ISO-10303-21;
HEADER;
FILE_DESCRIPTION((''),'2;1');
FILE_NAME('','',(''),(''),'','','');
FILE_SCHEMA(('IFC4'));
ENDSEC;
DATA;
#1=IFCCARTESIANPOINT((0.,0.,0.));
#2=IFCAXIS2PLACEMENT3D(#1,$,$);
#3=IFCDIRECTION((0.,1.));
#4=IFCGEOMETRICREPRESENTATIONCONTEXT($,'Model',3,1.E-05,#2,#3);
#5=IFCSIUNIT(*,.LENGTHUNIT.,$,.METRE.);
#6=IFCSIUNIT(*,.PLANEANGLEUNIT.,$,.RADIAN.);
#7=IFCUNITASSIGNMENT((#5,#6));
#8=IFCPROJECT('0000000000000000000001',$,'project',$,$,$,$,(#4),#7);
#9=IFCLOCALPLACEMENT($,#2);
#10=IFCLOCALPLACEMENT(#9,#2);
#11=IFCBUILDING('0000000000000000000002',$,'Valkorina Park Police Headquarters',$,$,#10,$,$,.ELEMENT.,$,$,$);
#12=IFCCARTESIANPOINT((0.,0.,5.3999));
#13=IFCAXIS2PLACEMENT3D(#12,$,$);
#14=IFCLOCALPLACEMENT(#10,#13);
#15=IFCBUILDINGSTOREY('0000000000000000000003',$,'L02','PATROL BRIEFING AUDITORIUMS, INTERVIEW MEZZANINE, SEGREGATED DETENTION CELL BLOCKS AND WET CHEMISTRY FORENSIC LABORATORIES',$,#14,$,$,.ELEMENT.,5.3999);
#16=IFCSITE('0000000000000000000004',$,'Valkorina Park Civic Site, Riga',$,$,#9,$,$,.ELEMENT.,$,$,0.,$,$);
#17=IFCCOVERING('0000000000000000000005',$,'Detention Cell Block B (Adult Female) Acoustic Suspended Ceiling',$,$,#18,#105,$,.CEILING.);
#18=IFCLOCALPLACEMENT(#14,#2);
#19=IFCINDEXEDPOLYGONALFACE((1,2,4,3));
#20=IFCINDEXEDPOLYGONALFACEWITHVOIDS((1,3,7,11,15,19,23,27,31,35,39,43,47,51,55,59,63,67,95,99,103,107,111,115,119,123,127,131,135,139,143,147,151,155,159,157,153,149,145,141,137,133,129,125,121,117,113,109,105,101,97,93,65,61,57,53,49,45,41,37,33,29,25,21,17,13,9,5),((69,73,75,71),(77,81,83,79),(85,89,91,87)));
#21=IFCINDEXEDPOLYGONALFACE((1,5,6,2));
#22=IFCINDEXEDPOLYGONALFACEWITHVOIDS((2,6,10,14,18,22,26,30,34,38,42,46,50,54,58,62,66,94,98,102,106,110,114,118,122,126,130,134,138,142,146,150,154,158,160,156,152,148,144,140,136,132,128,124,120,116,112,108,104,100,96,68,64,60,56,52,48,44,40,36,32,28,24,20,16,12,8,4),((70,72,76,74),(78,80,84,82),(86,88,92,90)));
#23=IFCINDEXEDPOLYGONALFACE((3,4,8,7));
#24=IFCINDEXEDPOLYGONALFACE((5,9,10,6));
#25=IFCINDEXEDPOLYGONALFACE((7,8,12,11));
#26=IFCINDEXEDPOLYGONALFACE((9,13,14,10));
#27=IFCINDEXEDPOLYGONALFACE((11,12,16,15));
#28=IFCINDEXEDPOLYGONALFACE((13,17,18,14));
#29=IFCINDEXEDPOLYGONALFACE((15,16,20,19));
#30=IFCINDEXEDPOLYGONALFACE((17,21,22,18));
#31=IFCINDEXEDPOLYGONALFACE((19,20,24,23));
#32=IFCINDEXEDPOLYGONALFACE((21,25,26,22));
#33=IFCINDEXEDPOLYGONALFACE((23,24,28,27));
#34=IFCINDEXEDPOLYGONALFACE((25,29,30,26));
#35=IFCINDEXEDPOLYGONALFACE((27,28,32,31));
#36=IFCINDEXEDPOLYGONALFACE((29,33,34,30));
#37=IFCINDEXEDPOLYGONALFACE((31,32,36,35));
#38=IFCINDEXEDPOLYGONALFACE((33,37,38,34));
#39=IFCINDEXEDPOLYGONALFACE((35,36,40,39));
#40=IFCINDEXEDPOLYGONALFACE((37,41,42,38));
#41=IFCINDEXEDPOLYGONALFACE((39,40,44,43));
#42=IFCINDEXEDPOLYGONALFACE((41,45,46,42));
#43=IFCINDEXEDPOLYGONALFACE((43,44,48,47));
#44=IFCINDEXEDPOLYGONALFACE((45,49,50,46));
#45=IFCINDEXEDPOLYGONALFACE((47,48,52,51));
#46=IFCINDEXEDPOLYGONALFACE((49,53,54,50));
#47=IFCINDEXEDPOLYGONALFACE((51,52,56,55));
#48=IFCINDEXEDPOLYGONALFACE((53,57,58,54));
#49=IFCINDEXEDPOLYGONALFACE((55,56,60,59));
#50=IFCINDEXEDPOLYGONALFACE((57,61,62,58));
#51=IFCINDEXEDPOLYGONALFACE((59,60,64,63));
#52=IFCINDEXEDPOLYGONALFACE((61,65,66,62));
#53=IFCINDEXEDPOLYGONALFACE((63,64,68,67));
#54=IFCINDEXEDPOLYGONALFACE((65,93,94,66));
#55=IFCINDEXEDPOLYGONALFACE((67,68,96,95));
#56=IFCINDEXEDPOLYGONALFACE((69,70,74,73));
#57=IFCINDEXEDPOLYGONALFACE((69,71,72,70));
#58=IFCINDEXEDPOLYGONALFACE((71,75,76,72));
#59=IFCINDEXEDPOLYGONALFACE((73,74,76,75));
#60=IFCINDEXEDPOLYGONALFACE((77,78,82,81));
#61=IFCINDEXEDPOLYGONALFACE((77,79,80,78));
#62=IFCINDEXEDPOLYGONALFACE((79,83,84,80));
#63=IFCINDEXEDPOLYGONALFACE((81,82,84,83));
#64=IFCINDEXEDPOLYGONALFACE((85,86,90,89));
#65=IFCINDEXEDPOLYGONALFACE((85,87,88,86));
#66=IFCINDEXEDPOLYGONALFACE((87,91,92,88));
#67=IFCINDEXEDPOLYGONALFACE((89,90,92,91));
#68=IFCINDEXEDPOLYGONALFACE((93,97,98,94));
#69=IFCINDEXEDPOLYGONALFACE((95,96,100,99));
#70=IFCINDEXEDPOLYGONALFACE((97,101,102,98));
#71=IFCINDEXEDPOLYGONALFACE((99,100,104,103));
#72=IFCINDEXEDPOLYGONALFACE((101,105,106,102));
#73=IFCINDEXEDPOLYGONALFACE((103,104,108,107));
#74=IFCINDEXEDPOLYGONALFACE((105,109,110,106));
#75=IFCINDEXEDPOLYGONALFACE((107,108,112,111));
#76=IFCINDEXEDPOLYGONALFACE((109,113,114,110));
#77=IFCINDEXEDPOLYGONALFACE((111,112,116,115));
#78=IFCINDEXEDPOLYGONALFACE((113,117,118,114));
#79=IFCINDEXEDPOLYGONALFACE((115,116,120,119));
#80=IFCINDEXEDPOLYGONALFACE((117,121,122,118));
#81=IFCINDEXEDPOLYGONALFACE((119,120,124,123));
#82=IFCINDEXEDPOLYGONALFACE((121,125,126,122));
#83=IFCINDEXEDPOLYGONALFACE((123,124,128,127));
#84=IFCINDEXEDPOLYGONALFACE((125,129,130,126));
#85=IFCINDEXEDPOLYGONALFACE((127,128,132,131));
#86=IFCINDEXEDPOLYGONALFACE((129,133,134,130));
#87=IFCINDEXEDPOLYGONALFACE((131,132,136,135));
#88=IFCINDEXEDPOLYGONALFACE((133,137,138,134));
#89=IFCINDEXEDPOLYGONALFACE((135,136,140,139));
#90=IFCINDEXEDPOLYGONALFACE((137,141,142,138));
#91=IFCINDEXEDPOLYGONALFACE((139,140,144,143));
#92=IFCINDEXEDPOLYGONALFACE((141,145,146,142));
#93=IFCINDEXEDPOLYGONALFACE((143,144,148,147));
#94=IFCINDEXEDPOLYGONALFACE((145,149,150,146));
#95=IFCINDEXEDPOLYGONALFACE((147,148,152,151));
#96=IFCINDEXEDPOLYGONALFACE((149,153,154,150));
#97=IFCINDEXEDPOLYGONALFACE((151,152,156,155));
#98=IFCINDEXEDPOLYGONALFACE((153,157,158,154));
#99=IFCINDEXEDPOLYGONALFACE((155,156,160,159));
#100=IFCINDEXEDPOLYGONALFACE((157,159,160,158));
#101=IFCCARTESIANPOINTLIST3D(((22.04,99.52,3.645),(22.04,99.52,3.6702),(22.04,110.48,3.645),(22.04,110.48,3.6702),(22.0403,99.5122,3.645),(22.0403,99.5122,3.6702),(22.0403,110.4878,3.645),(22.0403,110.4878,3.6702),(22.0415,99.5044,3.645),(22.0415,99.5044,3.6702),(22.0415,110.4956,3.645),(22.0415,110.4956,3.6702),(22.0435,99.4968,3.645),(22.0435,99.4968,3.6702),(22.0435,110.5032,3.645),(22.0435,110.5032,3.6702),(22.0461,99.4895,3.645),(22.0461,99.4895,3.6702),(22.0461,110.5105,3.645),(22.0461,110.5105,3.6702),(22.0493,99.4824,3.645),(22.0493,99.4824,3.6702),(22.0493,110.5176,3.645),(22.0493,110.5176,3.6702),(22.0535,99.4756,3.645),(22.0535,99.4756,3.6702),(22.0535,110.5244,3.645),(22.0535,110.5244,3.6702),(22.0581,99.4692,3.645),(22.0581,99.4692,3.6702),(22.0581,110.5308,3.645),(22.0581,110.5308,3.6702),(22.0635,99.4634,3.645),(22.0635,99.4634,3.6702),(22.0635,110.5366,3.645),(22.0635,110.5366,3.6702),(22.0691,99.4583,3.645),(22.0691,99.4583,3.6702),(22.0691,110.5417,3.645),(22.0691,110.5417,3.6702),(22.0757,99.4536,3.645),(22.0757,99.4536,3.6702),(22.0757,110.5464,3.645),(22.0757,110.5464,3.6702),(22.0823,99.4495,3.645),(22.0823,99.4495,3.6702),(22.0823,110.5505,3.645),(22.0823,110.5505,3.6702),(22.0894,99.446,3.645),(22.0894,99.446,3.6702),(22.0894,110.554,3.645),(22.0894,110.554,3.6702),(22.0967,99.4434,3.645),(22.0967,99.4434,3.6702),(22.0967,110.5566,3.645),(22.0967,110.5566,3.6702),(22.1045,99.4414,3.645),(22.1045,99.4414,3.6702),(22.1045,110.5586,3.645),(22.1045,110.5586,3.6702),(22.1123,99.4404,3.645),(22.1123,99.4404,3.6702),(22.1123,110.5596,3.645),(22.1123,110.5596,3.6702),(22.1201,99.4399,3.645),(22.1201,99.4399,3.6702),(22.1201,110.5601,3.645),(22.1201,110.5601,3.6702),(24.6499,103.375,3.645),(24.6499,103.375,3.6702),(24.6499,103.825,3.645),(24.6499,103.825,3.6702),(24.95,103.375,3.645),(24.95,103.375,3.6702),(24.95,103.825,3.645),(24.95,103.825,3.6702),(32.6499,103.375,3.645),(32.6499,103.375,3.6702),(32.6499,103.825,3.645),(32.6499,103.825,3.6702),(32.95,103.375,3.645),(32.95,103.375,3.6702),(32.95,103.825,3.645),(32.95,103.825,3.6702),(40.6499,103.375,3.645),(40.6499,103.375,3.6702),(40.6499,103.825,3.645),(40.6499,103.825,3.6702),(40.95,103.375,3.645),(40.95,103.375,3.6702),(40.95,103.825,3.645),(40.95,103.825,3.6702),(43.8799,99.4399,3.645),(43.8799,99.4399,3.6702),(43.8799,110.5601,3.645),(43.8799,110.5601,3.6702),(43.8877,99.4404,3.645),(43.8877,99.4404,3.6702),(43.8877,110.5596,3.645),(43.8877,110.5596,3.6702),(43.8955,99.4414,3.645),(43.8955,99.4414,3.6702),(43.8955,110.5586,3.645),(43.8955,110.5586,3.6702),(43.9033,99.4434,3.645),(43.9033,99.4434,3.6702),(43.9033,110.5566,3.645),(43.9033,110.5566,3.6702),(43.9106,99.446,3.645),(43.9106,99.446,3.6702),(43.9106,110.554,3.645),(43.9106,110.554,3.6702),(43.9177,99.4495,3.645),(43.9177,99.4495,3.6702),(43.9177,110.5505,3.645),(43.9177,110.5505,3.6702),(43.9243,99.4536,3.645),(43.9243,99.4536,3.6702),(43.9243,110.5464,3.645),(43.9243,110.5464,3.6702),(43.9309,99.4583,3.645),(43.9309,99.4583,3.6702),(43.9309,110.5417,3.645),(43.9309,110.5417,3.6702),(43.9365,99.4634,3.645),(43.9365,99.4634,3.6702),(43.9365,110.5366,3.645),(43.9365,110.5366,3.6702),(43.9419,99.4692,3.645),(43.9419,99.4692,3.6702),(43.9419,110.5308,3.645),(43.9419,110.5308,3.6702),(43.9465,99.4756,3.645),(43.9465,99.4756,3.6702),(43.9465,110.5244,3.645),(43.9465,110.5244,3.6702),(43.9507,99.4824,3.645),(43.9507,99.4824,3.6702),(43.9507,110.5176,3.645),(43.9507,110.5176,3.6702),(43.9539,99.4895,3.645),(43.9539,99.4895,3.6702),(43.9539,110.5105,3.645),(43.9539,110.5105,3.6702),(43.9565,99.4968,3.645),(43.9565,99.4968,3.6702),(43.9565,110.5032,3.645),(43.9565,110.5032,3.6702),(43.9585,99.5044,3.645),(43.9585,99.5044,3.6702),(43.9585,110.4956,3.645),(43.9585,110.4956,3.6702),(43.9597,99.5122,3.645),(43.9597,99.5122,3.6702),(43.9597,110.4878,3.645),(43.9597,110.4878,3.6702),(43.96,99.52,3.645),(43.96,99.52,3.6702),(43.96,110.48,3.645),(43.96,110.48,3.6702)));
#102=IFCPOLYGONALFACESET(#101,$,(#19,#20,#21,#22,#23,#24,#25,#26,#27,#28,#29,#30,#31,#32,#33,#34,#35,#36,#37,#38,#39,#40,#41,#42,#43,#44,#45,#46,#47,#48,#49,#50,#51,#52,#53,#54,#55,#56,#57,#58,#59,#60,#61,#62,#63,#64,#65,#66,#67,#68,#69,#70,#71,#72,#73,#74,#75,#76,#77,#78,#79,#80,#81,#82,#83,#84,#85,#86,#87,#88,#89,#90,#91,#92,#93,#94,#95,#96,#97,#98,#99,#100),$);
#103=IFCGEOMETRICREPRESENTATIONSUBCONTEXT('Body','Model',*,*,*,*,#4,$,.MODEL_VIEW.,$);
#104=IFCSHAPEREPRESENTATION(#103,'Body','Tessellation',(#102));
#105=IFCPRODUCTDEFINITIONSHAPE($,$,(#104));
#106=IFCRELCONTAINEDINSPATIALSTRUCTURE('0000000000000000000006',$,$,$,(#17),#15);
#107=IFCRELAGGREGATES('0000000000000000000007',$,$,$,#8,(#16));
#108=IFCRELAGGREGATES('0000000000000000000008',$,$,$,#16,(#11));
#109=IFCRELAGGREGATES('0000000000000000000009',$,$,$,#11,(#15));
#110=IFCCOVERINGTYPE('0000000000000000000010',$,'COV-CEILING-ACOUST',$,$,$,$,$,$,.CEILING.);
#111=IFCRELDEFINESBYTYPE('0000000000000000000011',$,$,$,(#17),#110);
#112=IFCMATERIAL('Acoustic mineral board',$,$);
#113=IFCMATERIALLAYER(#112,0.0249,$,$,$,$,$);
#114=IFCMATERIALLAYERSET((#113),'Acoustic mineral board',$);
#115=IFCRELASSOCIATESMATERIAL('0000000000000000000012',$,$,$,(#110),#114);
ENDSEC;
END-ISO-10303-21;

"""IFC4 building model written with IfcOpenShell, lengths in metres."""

from ifc_helpers import new_model, si_unit, direction, frame, origin, place, context, subcontext, project, spatial, polyline, outline, extrude, material, layer, layer_set, type_object, element, save


model = new_model("IFC4")

# Units and contexts
model_context = context("Model", 3, precision=1e-05, world=origin(), true_north=direction((0.0, 1.0)))
body_context = subcontext(model_context, "Body", "Model", "MODEL_VIEW")
ifc_project = project(units=[si_unit("LENGTHUNIT", "METRE"), si_unit("PLANEANGLEUNIT", "RADIAN")], contexts=[model_context])

# Site, building, storey
site_placement = place(None, origin())
site = spatial("IfcSite", under=ifc_project, at=site_placement, Name="Valkorina Park Civic Site, Riga", CompositionType="ELEMENT", RefElevation=0.0)
building_placement = place(site_placement, origin())
building = spatial("IfcBuilding", under=site, at=building_placement, Name="Valkorina Park Police Headquarters", CompositionType="ELEMENT")
storey_placement = place(building_placement, frame((0.0, 0.0, 5.3999)))
storey = spatial("IfcBuildingStorey", under=building, at=storey_placement, Name="L02", Description="PATROL BRIEFING AUDITORIUMS, INTERVIEW MEZZANINE, SEGREGATED DETENTION CELL BLOCKS AND WET CHEMISTRY FORENSIC LABORATORIES", CompositionType="ELEMENT", Elevation=5.3999)

# Covering
ifc_material_1 = material(Name="Acoustic mineral board")
ifc_layer_1 = layer(ifc_material_1, 0.0249)
ifc_layer_set_1 = layer_set([ifc_layer_1], Name="Acoustic mineral board")
covering_type_1 = type_object("IfcCoveringType", Name="COV-CEILING-ACOUST", PredefinedType="CEILING", material=ifc_layer_set_1)
covering_1_placement = place(storey_placement, frame((0.0, 0.0, 3.645)))
element("IfcCovering", 1, at=covering_1_placement, inside=storey, type_object=covering_type_1, Name="Detention Cell Block B (Adult Female) Acoustic Suspended Ceiling", PredefinedType="CEILING", context=body_context, shape_type="SweptSolid", body=[
    extrude(outline(polyline([(43.9585, 99.5044), (43.9597, 99.5122), (43.96, 99.52), (43.96, 110.48), (43.9597, 110.4878), (43.9585, 110.4956), (43.9565, 110.5032), (43.9539, 110.5105), (43.9507, 110.5176), (43.9465, 110.5244), (43.9419, 110.5308), (43.9365, 110.5366), (43.9309, 110.5417), (43.9243, 110.5464), (43.9177, 110.5505), (43.9106, 110.554), (43.9033, 110.5566), (43.8955, 110.5586), (43.8877, 110.5596), (43.8799, 110.5601), (22.1201, 110.5601), (22.1123, 110.5596), (22.1045, 110.5586), (22.0967, 110.5566), (22.0894, 110.554), (22.0823, 110.5505), (22.0757, 110.5464), (22.0691, 110.5417), (22.0635, 110.5366), (22.0581, 110.5308), (22.0535, 110.5244), (22.0493, 110.5176), (22.0461, 110.5105), (22.0435, 110.5032), (22.0415, 110.4956), (22.0403, 110.4878), (22.04, 110.48), (22.04, 99.52), (22.0403, 99.5122), (22.0415, 99.5044), (22.0435, 99.4968), (22.0461, 99.4895), (22.0493, 99.4824), (22.0535, 99.4756), (22.0581, 99.4692), (22.0635, 99.4634), (22.0691, 99.4583), (22.0757, 99.4536), (22.0823, 99.4495), (22.0894, 99.446), (22.0967, 99.4434), (22.1045, 99.4414), (22.1123, 99.4404), (22.1201, 99.4399), (43.8799, 99.4399), (43.8877, 99.4404), (43.8955, 99.4414), (43.9033, 99.4434), (43.9106, 99.446), (43.9177, 99.4495), (43.9243, 99.4536), (43.9309, 99.4583), (43.9365, 99.4634), (43.9419, 99.4692), (43.9465, 99.4756), (43.9507, 99.4824), (43.9539, 99.4895), (43.9565, 99.4968), (43.9585, 99.5044)]), holes=[polyline([(40.95, 103.825), (40.95, 103.375), (40.6499, 103.375), (40.6499, 103.825), (40.95, 103.825)]), polyline([(32.95, 103.375), (32.6499, 103.375), (32.6499, 103.825), (32.95, 103.825), (32.95, 103.375)]), polyline([(24.95, 103.375), (24.6499, 103.375), (24.6499, 103.825), (24.95, 103.825), (24.95, 103.375)])]), origin(), (0.0, 0.0, 1.0), 0.0251),
])

save(model, "model.ifc")
